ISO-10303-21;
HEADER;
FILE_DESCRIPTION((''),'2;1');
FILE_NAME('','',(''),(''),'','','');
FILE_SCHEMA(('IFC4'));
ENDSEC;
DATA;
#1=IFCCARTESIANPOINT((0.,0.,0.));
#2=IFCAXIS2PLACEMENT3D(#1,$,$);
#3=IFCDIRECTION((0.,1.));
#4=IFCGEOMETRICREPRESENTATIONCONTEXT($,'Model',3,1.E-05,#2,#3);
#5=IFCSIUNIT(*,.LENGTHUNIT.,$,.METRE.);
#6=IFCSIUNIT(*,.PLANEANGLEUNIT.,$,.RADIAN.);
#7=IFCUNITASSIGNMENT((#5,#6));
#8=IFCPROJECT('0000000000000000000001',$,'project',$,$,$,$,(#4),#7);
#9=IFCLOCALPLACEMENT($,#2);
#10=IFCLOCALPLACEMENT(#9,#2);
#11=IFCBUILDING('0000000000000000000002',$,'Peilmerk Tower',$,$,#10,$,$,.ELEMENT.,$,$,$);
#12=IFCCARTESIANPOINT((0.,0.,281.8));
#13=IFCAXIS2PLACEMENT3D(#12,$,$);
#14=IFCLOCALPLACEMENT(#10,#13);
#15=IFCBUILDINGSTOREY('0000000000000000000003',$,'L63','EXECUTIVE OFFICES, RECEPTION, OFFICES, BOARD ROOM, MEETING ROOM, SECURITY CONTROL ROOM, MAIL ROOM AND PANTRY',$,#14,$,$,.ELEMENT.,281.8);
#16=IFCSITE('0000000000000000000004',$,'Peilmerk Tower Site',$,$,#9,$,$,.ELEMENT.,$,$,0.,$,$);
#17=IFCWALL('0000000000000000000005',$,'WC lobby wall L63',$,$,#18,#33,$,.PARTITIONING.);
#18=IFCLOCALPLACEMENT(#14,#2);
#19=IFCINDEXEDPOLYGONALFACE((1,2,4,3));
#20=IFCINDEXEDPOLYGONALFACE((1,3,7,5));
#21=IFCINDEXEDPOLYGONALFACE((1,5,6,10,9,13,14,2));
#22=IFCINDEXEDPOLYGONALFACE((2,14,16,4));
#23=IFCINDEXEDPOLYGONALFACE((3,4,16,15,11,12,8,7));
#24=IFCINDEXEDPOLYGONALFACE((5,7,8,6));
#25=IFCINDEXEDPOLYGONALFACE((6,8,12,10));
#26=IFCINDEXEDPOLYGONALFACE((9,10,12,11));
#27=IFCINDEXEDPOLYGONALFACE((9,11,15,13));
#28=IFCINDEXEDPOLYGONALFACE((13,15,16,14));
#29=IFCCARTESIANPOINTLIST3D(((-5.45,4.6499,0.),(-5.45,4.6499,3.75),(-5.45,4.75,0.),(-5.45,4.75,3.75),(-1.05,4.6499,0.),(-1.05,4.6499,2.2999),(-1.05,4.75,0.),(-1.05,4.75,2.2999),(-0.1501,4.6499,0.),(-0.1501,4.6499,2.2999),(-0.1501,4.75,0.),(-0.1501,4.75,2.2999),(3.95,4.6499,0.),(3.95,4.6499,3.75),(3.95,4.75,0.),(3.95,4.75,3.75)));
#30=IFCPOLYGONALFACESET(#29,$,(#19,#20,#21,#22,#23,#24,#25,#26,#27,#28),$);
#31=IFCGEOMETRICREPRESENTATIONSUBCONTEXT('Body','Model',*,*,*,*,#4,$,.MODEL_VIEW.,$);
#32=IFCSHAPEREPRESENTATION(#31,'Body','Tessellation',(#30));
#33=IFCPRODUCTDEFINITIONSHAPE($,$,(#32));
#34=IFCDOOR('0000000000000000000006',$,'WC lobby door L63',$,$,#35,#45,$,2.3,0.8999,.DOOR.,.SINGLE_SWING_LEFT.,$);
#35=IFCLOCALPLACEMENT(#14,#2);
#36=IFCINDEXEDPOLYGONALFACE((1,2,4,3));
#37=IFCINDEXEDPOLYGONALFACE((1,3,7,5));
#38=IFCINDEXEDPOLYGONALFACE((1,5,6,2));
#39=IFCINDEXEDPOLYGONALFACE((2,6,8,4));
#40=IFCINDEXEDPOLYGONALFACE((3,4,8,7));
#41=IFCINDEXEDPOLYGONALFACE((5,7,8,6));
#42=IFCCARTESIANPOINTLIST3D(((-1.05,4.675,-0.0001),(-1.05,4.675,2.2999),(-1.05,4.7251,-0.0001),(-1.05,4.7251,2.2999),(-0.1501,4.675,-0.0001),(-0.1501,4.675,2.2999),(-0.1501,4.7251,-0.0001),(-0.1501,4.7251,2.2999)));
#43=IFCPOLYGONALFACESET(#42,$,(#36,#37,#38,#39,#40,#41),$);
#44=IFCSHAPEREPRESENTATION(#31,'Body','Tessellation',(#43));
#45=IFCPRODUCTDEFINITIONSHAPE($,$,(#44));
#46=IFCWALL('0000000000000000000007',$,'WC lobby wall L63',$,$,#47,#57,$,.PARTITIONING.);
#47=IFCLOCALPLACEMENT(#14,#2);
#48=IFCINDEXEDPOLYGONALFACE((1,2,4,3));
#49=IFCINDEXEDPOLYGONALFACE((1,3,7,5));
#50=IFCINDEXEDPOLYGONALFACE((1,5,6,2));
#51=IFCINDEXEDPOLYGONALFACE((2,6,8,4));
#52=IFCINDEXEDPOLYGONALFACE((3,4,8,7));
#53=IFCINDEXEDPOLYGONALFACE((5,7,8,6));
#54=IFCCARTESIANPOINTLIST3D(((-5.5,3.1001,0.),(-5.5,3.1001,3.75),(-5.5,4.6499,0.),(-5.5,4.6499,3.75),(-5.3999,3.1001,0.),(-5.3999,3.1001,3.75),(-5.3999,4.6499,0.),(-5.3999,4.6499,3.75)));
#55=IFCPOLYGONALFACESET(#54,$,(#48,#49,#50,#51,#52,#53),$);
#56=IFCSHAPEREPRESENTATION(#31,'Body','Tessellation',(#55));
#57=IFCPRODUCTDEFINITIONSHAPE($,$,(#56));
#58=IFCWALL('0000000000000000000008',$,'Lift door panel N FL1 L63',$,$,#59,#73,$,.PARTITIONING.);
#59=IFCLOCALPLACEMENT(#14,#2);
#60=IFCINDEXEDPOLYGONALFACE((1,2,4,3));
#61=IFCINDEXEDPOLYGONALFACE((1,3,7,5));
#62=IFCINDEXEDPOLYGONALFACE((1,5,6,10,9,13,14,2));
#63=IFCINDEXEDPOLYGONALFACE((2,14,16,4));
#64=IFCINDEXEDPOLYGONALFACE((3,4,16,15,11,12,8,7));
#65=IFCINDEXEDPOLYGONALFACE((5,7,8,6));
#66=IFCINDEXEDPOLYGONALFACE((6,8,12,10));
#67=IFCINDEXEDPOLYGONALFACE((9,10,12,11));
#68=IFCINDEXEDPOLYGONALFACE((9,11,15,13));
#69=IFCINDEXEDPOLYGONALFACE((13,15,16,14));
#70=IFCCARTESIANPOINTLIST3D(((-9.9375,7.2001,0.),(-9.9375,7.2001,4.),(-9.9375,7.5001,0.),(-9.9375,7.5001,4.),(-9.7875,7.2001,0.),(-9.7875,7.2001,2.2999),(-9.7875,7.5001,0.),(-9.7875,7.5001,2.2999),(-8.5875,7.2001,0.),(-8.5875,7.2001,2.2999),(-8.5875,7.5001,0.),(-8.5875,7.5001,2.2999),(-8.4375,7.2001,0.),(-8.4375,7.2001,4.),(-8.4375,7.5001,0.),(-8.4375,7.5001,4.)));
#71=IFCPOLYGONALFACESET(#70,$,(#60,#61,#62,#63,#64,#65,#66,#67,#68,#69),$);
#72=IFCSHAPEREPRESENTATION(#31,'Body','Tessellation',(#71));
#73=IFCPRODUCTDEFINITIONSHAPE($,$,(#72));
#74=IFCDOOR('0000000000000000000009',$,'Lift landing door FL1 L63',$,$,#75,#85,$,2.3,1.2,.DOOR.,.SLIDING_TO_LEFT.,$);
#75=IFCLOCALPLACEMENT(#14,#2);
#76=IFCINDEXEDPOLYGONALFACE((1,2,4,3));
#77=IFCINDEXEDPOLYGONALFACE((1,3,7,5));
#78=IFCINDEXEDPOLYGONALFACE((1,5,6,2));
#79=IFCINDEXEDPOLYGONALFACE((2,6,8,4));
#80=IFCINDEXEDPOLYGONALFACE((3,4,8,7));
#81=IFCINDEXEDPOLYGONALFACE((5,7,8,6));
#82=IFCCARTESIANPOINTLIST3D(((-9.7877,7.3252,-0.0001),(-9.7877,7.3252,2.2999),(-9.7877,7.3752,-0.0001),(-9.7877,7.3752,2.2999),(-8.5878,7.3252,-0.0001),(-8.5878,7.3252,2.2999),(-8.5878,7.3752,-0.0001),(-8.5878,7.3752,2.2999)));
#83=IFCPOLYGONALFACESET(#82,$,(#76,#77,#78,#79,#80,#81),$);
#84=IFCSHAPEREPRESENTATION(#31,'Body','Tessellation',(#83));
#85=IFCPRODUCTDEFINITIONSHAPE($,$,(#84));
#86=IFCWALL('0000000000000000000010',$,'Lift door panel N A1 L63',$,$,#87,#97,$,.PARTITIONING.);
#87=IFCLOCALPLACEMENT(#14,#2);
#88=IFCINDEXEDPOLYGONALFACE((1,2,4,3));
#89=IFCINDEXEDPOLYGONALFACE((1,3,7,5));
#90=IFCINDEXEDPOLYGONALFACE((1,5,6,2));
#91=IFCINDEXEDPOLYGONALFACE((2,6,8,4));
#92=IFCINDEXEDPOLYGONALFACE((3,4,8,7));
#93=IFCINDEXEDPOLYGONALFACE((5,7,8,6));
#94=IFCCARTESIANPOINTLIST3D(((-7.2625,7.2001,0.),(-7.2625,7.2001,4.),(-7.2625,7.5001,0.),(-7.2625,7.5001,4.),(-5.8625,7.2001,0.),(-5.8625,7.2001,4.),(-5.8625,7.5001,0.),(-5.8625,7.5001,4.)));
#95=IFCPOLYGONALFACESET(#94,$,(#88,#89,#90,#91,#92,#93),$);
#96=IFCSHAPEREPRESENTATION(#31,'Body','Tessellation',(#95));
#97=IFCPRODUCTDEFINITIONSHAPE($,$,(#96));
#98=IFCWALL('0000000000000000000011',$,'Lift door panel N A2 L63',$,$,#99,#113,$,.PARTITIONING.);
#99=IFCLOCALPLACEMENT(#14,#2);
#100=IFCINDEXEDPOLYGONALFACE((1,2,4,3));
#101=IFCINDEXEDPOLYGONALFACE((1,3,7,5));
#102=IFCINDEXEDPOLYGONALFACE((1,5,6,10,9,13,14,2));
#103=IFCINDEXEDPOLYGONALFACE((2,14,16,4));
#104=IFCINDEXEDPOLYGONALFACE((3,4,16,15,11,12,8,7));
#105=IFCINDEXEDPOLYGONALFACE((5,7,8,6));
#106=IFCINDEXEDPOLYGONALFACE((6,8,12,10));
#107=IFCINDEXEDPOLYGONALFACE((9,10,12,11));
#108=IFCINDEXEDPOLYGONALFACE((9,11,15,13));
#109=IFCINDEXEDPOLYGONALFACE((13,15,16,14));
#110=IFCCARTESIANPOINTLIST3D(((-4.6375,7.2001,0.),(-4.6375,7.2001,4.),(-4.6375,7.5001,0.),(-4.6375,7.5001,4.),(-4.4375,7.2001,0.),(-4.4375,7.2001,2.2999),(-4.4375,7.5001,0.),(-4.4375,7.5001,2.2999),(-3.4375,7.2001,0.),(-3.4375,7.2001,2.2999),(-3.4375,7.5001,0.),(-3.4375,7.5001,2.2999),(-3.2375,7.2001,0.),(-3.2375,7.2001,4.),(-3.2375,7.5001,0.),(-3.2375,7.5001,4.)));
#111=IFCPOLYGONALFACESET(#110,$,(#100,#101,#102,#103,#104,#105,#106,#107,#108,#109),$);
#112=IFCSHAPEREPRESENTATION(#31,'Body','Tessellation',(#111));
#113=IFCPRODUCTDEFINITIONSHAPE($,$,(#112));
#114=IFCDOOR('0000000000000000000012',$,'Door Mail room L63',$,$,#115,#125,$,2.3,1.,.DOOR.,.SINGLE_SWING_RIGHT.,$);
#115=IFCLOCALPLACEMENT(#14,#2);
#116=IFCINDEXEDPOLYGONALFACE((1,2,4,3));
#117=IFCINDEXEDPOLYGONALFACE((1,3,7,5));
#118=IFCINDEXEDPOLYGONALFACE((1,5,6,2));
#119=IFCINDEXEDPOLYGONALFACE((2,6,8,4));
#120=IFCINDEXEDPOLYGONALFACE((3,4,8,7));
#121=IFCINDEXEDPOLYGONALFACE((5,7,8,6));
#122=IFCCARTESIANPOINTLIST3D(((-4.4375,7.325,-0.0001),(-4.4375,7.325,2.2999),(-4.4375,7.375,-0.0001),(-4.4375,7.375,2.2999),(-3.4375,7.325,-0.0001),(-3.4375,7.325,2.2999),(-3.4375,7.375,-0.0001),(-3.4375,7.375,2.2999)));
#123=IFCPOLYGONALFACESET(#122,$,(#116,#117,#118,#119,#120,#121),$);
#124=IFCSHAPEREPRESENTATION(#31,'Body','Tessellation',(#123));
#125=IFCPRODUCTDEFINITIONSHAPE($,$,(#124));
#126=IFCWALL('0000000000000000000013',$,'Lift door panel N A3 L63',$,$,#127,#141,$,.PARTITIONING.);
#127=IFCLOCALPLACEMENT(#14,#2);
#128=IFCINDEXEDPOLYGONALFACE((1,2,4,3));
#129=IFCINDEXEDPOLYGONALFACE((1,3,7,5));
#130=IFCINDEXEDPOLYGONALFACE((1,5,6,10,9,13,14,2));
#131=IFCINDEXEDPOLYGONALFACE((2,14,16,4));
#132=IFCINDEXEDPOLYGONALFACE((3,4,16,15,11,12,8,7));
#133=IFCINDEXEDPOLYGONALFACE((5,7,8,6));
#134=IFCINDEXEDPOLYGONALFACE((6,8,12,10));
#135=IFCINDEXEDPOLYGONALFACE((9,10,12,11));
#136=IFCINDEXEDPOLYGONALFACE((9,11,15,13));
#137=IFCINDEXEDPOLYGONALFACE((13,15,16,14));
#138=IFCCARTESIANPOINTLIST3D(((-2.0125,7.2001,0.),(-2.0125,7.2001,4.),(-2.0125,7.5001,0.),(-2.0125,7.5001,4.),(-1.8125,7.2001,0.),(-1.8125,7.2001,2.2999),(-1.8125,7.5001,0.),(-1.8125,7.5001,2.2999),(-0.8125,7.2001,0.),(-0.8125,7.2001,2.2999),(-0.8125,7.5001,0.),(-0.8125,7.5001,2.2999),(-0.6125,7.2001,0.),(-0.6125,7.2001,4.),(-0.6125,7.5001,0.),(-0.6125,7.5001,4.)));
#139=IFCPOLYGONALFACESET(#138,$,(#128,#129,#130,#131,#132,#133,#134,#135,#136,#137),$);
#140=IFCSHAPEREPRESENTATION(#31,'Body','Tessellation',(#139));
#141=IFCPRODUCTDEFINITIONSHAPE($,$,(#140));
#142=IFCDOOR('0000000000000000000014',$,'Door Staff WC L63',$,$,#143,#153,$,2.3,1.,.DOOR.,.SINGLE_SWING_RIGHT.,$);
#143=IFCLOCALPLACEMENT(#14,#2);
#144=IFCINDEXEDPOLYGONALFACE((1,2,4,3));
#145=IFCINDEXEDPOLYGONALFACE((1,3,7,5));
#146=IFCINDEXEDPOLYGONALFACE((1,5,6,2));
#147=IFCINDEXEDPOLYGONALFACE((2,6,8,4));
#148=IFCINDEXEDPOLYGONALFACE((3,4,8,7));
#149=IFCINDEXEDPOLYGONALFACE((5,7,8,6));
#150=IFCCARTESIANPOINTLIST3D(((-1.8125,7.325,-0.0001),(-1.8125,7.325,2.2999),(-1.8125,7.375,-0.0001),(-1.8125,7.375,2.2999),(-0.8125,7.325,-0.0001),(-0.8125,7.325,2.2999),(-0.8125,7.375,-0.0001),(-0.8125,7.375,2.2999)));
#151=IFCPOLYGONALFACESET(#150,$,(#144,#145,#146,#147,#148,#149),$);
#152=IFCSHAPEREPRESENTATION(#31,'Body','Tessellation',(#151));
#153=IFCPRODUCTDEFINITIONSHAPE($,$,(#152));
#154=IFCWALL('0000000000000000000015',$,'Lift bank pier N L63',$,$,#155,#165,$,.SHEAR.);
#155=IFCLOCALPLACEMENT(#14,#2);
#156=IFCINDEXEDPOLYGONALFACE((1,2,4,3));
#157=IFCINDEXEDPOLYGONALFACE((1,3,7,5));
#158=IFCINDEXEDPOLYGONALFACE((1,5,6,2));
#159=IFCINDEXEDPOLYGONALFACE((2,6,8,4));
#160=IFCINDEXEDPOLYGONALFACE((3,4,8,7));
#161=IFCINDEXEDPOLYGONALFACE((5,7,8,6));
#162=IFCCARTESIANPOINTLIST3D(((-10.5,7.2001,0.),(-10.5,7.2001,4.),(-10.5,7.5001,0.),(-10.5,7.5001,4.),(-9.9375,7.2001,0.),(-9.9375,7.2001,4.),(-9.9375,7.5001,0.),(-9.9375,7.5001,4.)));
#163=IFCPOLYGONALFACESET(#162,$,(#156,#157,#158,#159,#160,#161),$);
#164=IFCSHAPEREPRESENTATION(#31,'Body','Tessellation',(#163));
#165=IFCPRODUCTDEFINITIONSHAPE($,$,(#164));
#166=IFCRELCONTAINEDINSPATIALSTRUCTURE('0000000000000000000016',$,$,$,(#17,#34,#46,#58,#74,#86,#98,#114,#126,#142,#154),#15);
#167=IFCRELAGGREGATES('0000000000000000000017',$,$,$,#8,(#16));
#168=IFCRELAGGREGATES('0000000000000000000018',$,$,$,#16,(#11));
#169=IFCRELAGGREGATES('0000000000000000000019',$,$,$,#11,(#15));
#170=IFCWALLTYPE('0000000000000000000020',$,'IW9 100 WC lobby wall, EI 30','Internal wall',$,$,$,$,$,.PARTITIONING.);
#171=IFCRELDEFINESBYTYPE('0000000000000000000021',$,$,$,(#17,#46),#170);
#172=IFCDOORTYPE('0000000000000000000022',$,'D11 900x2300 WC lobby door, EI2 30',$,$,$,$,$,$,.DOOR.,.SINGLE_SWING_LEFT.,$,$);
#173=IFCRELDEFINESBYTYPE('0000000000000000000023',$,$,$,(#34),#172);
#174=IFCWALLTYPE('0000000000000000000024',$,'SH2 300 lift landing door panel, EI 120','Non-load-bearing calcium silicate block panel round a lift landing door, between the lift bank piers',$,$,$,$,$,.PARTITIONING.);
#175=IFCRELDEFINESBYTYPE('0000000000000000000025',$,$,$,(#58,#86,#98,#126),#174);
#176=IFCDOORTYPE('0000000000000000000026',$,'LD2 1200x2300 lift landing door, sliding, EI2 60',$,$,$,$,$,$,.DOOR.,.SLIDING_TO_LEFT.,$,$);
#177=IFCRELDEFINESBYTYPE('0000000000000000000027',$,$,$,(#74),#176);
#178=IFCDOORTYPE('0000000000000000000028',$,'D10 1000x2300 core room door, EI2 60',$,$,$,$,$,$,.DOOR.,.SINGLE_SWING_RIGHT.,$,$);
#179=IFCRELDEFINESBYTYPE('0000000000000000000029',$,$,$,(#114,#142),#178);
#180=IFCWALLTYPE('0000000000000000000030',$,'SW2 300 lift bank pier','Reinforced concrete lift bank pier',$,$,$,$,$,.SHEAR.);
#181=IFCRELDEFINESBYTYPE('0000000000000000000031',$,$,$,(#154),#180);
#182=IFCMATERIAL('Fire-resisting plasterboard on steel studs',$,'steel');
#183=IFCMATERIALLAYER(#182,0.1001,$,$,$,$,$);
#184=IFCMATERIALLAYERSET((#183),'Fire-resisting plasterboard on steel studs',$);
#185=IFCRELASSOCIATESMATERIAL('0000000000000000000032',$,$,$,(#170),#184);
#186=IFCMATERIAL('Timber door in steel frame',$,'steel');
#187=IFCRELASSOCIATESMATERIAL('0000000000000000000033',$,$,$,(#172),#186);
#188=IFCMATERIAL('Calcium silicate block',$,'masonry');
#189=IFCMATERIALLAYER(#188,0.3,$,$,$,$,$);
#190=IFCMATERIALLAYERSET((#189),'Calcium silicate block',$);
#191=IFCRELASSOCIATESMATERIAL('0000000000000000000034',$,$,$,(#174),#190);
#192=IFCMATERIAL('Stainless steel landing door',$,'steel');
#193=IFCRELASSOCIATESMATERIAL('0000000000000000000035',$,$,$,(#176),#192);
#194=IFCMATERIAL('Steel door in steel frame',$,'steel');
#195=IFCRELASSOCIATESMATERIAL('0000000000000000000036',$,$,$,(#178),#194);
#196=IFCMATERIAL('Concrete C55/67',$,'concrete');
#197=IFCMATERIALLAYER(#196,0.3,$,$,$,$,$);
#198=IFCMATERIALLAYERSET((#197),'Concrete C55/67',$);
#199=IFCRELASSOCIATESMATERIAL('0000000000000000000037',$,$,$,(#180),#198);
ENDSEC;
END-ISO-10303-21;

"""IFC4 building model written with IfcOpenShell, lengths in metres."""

from ifc_helpers import new_model, si_unit, direction, frame, frame_2d, origin, place, context, subcontext, project, spatial, rectangle, extrude, material, layer, layer_set, type_object, element, fill, save


model = new_model("IFC4")

# Units and contexts
model_context = context("Model", 3, precision=1e-05, world=origin(), true_north=direction((0.0, 1.0)))
body_context = subcontext(model_context, "Body", "Model", "MODEL_VIEW")
ifc_project = project(units=[si_unit("LENGTHUNIT", "METRE"), si_unit("PLANEANGLEUNIT", "RADIAN")], contexts=[model_context])

# Site, building, storey
site_placement = place(None, origin())
site = spatial("IfcSite", under=ifc_project, at=site_placement, Name="Peilmerk Tower Site", CompositionType="ELEMENT", RefElevation=0.0)
building_placement = place(site_placement, origin())
building = spatial("IfcBuilding", under=site, at=building_placement, Name="Peilmerk Tower", CompositionType="ELEMENT")
storey_placement = place(building_placement, frame((0.0, 0.0, 281.8)))
storey = spatial("IfcBuildingStorey", under=building, at=storey_placement, Name="L63", Description="EXECUTIVE OFFICES, RECEPTION, OFFICES, BOARD ROOM, MEETING ROOM, SECURITY CONTROL ROOM, MAIL ROOM AND PANTRY", CompositionType="ELEMENT", Elevation=281.8)

# Shared definitions
ifc_material_1 = material(Name="Concrete C55/67", Category="concrete")

# Shared definitions
ifc_material_2 = material(Name="Steel door in steel frame", Category="steel")

# Shared definitions
ifc_material_3 = material(Name="Timber door in steel frame", Category="steel")

# Wall, opening, door
ifc_material_4 = material(Name="Fire-resisting plasterboard on steel studs", Category="steel")
ifc_layer_1 = layer(ifc_material_4, 0.1001)
ifc_layer_set_1 = layer_set([ifc_layer_1], Name="Fire-resisting plasterboard on steel studs")
wall_type_1 = type_object("IfcWallType", Name="IW9 100 WC lobby wall, EI 30", Description="Internal wall", PredefinedType="PARTITIONING", material=ifc_layer_set_1)
wall_1_placement = place(storey_placement, frame((-5.45, 4.7, 0.0), z_axis=(0.0, 0.0, 1.0), x_axis=(1.0, 0.0, 0.0)))
wall_1 = element("IfcWall", 1, at=wall_1_placement, inside=storey, type_object=wall_type_1, Name="WC lobby wall L63", PredefinedType="PARTITIONING", context=body_context, shape_type="SweptSolid", body=[
    extrude(rectangle(XDim=9.3999, YDim=0.1001, at=frame_2d((4.7, 0.0))), origin(), (0.0, 0.0, 1.0), 3.75),
])
opening_1_placement = place(wall_1_placement, frame((4.3999, 0.0, 0.0)))
opening_1 = element("IfcOpeningElement", 2, at=opening_1_placement, cuts=wall_1, PredefinedType="OPENING", context=body_context, shape_type="SweptSolid", body=[
    extrude(rectangle(XDim=0.8999, YDim=2.3, at=frame_2d((0.45, 1.1499))), frame((0.0, 0.0601, 0.0), z_axis=(0.0, -1.0, 0.0), x_axis=(1.0, 0.0, 0.0)), (0.0, 0.0, 1.0), 0.1201),
])
door_type_1 = type_object("IfcDoorType", Name="D11 900x2300 WC lobby door, EI2 30", OperationType="SINGLE_SWING_LEFT", PredefinedType="DOOR", material=ifc_material_3)
door_1_placement = place(opening_1_placement, frame((0.8999, 0.0, 0.0), z_axis=(0.0, 0.0, 1.0), x_axis=(-1.0, 0.0, 0.0)))
door_1 = element("IfcDoor", 3, at=door_1_placement, inside=storey, type_object=door_type_1, Name="WC lobby door L63", OperationType="SINGLE_SWING_LEFT", OverallHeight=2.3, OverallWidth=0.8999, PredefinedType="DOOR", context=body_context, shape_type="SweptSolid", body=[
    extrude(rectangle(XDim=0.8999, YDim=2.3, at=frame_2d((0.45, 1.1499))), frame((0.0, 0.0249, 0.0), z_axis=(0.0, -1.0, 0.0), x_axis=(1.0, 0.0, 0.0)), (0.0, 0.0, 1.0), 0.05),
])
fill(opening_1, door_1)

# Wall
wall_2_placement = place(storey_placement, frame((-5.45, 3.1001, 0.0), z_axis=(0.0, 0.0, 1.0), x_axis=(0.0, 1.0, 0.0)))
element("IfcWall", 4, at=wall_2_placement, inside=storey, type_object=wall_type_1, Name="WC lobby wall L63", PredefinedType="PARTITIONING", context=body_context, shape_type="SweptSolid", body=[
    extrude(rectangle(XDim=1.5498, YDim=0.1001, at=frame_2d((0.7749, 0.0))), origin(), (0.0, 0.0, 1.0), 3.75),
])

# Wall, opening, door
ifc_material_5 = material(Name="Calcium silicate block", Category="masonry")
ifc_layer_2 = layer(ifc_material_5, 0.3)
ifc_layer_set_2 = layer_set([ifc_layer_2], Name="Calcium silicate block")
wall_type_2 = type_object("IfcWallType", Name="SH2 300 lift landing door panel, EI 120", Description="Non-load-bearing calcium silicate block panel round a lift landing door, between the lift bank piers", PredefinedType="PARTITIONING", material=ifc_layer_set_2)
wall_3_placement = place(storey_placement, frame((-9.9375, 7.3501, 0.0), z_axis=(0.0, 0.0, 1.0), x_axis=(1.0, 0.0, 0.0)))
wall_3 = element("IfcWall", 5, at=wall_3_placement, inside=storey, type_object=wall_type_2, Name="Lift door panel N FL1 L63", PredefinedType="PARTITIONING", context=body_context, shape_type="SweptSolid", body=[
    extrude(rectangle(XDim=1.5, YDim=0.3, at=frame_2d((0.75, 0.0))), origin(), (0.0, 0.0, 1.0), 4.0),
])
opening_2_placement = place(wall_3_placement, frame((0.1499, 0.0, 0.0)))
opening_2 = element("IfcOpeningElement", 6, at=opening_2_placement, cuts=wall_3, PredefinedType="OPENING", context=body_context, shape_type="SweptSolid", body=[
    extrude(rectangle(XDim=1.2, YDim=2.3, at=frame_2d((0.6001, 1.1499))), frame((0.0, 0.1599, 0.0), z_axis=(0.0, -1.0, 0.0), x_axis=(1.0, 0.0, 0.0)), (0.0, 0.0, 1.0), 0.3201),
])
ifc_material_6 = material(Name="Stainless steel landing door", Category="steel")
door_type_2 = type_object("IfcDoorType", Name="LD2 1200x2300 lift landing door, sliding, EI2 60", OperationType="SLIDING_TO_LEFT", PredefinedType="DOOR", material=ifc_material_6)
door_2_placement = place(opening_2_placement, frame((1.2, 0.0, 0.0), z_axis=(0.0, 0.0, 1.0), x_axis=(-1.0, 0.0, 0.0)))
door_2 = element("IfcDoor", 7, at=door_2_placement, inside=storey, type_object=door_type_2, Name="Lift landing door FL1 L63", OperationType="SLIDING_TO_LEFT", OverallHeight=2.3, OverallWidth=1.2, PredefinedType="DOOR", context=body_context, shape_type="SweptSolid", body=[
    extrude(rectangle(XDim=1.2, YDim=2.3, at=frame_2d((0.6001, 1.1499))), frame((0.0, 0.0249, 0.0), z_axis=(0.0, -1.0, 0.0), x_axis=(1.0, 0.0, 0.0)), (0.0, 0.0, 1.0), 0.05),
])
fill(opening_2, door_2)

# Wall
wall_4_placement = place(storey_placement, frame((-7.2625, 7.3501, 0.0), z_axis=(0.0, 0.0, 1.0), x_axis=(1.0, 0.0, 0.0)))
element("IfcWall", 8, at=wall_4_placement, inside=storey, type_object=wall_type_2, Name="Lift door panel N A1 L63", PredefinedType="PARTITIONING", context=body_context, shape_type="SweptSolid", body=[
    extrude(rectangle(XDim=1.3999, YDim=0.3, at=frame_2d((0.7, 0.0))), origin(), (0.0, 0.0, 1.0), 4.0),
])

# Walls, openings, doors
wall_5_placement = place(storey_placement, frame((-4.6375, 7.3501, 0.0), z_axis=(0.0, 0.0, 1.0), x_axis=(1.0, 0.0, 0.0)))
wall_5 = element("IfcWall", 9, at=wall_5_placement, inside=storey, type_object=wall_type_2, Name="Lift door panel N A2 L63", PredefinedType="PARTITIONING", context=body_context, shape_type="SweptSolid", body=[
    extrude(rectangle(XDim=1.3999, YDim=0.3, at=frame_2d((0.7, 0.0))), origin(), (0.0, 0.0, 1.0), 4.0),
])
opening_3_placement = place(wall_5_placement, frame((0.2, 0.0, 0.0)))
opening_3 = element("IfcOpeningElement", 10, at=opening_3_placement, cuts=wall_5, PredefinedType="OPENING", context=body_context, shape_type="SweptSolid", body=[
    extrude(rectangle(XDim=1.0, YDim=2.3, at=frame_2d((0.5, 1.1499))), frame((0.0, 0.1599, 0.0), z_axis=(0.0, -1.0, 0.0), x_axis=(1.0, 0.0, 0.0)), (0.0, 0.0, 1.0), 0.3201),
])
door_type_3 = type_object("IfcDoorType", Name="D10 1000x2300 core room door, EI2 60", OperationType="SINGLE_SWING_RIGHT", PredefinedType="DOOR", material=ifc_material_2)
door_3_placement = place(opening_3_placement, origin())
door_3 = element("IfcDoor", 11, at=door_3_placement, inside=storey, type_object=door_type_3, Name="Door Mail room L63", OperationType="SINGLE_SWING_RIGHT", OverallHeight=2.3, OverallWidth=1.0, PredefinedType="DOOR", context=body_context, shape_type="SweptSolid", body=[
    extrude(rectangle(XDim=1.0, YDim=2.3, at=frame_2d((0.5, 1.1499))), frame((0.0, 0.0249, 0.0), z_axis=(0.0, -1.0, 0.0), x_axis=(1.0, 0.0, 0.0)), (0.0, 0.0, 1.0), 0.05),
])
fill(opening_3, door_3)
wall_6_placement = place(storey_placement, frame((-2.0125, 7.3501, 0.0), z_axis=(0.0, 0.0, 1.0), x_axis=(1.0, 0.0, 0.0)))
wall_6 = element("IfcWall", 12, at=wall_6_placement, inside=storey, type_object=wall_type_2, Name="Lift door panel N A3 L63", PredefinedType="PARTITIONING", context=body_context, shape_type="SweptSolid", body=[
    extrude(rectangle(XDim=1.3999, YDim=0.3, at=frame_2d((0.7, 0.0))), origin(), (0.0, 0.0, 1.0), 4.0),
])
opening_4_placement = place(wall_6_placement, frame((0.2, 0.0, 0.0)))
opening_4 = element("IfcOpeningElement", 13, at=opening_4_placement, cuts=wall_6, PredefinedType="OPENING", context=body_context, shape_type="SweptSolid", body=[
    extrude(rectangle(XDim=1.0, YDim=2.3, at=frame_2d((0.5, 1.1499))), frame((0.0, 0.1599, 0.0), z_axis=(0.0, -1.0, 0.0), x_axis=(1.0, 0.0, 0.0)), (0.0, 0.0, 1.0), 0.3201),
])
door_4_placement = place(opening_4_placement, origin())
door_4 = element("IfcDoor", 14, at=door_4_placement, inside=storey, type_object=door_type_3, Name="Door Staff WC L63", OperationType="SINGLE_SWING_RIGHT", OverallHeight=2.3, OverallWidth=1.0, PredefinedType="DOOR", context=body_context, shape_type="SweptSolid", body=[
    extrude(rectangle(XDim=1.0, YDim=2.3, at=frame_2d((0.5, 1.1499))), frame((0.0, 0.0249, 0.0), z_axis=(0.0, -1.0, 0.0), x_axis=(1.0, 0.0, 0.0)), (0.0, 0.0, 1.0), 0.05),
])
fill(opening_4, door_4)

# Wall
ifc_layer_3 = layer(ifc_material_1, 0.3)
ifc_layer_set_3 = layer_set([ifc_layer_3], Name="Concrete C55/67")
wall_type_3 = type_object("IfcWallType", Name="SW2 300 lift bank pier", Description="Reinforced concrete lift bank pier", PredefinedType="SHEAR", material=ifc_layer_set_3)
wall_7_placement = place(storey_placement, frame((-10.5, 7.3501, 0.0), z_axis=(0.0, 0.0, 1.0), x_axis=(1.0, 0.0, 0.0)))
element("IfcWall", 15, at=wall_7_placement, inside=storey, type_object=wall_type_3, Name="Lift bank pier N L63", PredefinedType="SHEAR", context=body_context, shape_type="SweptSolid", body=[
    extrude(rectangle(XDim=0.5625, YDim=0.3, at=frame_2d((0.2812, 0.0))), origin(), (0.0, 0.0, 1.0), 4.0),
])

save(model, "model.ifc")
